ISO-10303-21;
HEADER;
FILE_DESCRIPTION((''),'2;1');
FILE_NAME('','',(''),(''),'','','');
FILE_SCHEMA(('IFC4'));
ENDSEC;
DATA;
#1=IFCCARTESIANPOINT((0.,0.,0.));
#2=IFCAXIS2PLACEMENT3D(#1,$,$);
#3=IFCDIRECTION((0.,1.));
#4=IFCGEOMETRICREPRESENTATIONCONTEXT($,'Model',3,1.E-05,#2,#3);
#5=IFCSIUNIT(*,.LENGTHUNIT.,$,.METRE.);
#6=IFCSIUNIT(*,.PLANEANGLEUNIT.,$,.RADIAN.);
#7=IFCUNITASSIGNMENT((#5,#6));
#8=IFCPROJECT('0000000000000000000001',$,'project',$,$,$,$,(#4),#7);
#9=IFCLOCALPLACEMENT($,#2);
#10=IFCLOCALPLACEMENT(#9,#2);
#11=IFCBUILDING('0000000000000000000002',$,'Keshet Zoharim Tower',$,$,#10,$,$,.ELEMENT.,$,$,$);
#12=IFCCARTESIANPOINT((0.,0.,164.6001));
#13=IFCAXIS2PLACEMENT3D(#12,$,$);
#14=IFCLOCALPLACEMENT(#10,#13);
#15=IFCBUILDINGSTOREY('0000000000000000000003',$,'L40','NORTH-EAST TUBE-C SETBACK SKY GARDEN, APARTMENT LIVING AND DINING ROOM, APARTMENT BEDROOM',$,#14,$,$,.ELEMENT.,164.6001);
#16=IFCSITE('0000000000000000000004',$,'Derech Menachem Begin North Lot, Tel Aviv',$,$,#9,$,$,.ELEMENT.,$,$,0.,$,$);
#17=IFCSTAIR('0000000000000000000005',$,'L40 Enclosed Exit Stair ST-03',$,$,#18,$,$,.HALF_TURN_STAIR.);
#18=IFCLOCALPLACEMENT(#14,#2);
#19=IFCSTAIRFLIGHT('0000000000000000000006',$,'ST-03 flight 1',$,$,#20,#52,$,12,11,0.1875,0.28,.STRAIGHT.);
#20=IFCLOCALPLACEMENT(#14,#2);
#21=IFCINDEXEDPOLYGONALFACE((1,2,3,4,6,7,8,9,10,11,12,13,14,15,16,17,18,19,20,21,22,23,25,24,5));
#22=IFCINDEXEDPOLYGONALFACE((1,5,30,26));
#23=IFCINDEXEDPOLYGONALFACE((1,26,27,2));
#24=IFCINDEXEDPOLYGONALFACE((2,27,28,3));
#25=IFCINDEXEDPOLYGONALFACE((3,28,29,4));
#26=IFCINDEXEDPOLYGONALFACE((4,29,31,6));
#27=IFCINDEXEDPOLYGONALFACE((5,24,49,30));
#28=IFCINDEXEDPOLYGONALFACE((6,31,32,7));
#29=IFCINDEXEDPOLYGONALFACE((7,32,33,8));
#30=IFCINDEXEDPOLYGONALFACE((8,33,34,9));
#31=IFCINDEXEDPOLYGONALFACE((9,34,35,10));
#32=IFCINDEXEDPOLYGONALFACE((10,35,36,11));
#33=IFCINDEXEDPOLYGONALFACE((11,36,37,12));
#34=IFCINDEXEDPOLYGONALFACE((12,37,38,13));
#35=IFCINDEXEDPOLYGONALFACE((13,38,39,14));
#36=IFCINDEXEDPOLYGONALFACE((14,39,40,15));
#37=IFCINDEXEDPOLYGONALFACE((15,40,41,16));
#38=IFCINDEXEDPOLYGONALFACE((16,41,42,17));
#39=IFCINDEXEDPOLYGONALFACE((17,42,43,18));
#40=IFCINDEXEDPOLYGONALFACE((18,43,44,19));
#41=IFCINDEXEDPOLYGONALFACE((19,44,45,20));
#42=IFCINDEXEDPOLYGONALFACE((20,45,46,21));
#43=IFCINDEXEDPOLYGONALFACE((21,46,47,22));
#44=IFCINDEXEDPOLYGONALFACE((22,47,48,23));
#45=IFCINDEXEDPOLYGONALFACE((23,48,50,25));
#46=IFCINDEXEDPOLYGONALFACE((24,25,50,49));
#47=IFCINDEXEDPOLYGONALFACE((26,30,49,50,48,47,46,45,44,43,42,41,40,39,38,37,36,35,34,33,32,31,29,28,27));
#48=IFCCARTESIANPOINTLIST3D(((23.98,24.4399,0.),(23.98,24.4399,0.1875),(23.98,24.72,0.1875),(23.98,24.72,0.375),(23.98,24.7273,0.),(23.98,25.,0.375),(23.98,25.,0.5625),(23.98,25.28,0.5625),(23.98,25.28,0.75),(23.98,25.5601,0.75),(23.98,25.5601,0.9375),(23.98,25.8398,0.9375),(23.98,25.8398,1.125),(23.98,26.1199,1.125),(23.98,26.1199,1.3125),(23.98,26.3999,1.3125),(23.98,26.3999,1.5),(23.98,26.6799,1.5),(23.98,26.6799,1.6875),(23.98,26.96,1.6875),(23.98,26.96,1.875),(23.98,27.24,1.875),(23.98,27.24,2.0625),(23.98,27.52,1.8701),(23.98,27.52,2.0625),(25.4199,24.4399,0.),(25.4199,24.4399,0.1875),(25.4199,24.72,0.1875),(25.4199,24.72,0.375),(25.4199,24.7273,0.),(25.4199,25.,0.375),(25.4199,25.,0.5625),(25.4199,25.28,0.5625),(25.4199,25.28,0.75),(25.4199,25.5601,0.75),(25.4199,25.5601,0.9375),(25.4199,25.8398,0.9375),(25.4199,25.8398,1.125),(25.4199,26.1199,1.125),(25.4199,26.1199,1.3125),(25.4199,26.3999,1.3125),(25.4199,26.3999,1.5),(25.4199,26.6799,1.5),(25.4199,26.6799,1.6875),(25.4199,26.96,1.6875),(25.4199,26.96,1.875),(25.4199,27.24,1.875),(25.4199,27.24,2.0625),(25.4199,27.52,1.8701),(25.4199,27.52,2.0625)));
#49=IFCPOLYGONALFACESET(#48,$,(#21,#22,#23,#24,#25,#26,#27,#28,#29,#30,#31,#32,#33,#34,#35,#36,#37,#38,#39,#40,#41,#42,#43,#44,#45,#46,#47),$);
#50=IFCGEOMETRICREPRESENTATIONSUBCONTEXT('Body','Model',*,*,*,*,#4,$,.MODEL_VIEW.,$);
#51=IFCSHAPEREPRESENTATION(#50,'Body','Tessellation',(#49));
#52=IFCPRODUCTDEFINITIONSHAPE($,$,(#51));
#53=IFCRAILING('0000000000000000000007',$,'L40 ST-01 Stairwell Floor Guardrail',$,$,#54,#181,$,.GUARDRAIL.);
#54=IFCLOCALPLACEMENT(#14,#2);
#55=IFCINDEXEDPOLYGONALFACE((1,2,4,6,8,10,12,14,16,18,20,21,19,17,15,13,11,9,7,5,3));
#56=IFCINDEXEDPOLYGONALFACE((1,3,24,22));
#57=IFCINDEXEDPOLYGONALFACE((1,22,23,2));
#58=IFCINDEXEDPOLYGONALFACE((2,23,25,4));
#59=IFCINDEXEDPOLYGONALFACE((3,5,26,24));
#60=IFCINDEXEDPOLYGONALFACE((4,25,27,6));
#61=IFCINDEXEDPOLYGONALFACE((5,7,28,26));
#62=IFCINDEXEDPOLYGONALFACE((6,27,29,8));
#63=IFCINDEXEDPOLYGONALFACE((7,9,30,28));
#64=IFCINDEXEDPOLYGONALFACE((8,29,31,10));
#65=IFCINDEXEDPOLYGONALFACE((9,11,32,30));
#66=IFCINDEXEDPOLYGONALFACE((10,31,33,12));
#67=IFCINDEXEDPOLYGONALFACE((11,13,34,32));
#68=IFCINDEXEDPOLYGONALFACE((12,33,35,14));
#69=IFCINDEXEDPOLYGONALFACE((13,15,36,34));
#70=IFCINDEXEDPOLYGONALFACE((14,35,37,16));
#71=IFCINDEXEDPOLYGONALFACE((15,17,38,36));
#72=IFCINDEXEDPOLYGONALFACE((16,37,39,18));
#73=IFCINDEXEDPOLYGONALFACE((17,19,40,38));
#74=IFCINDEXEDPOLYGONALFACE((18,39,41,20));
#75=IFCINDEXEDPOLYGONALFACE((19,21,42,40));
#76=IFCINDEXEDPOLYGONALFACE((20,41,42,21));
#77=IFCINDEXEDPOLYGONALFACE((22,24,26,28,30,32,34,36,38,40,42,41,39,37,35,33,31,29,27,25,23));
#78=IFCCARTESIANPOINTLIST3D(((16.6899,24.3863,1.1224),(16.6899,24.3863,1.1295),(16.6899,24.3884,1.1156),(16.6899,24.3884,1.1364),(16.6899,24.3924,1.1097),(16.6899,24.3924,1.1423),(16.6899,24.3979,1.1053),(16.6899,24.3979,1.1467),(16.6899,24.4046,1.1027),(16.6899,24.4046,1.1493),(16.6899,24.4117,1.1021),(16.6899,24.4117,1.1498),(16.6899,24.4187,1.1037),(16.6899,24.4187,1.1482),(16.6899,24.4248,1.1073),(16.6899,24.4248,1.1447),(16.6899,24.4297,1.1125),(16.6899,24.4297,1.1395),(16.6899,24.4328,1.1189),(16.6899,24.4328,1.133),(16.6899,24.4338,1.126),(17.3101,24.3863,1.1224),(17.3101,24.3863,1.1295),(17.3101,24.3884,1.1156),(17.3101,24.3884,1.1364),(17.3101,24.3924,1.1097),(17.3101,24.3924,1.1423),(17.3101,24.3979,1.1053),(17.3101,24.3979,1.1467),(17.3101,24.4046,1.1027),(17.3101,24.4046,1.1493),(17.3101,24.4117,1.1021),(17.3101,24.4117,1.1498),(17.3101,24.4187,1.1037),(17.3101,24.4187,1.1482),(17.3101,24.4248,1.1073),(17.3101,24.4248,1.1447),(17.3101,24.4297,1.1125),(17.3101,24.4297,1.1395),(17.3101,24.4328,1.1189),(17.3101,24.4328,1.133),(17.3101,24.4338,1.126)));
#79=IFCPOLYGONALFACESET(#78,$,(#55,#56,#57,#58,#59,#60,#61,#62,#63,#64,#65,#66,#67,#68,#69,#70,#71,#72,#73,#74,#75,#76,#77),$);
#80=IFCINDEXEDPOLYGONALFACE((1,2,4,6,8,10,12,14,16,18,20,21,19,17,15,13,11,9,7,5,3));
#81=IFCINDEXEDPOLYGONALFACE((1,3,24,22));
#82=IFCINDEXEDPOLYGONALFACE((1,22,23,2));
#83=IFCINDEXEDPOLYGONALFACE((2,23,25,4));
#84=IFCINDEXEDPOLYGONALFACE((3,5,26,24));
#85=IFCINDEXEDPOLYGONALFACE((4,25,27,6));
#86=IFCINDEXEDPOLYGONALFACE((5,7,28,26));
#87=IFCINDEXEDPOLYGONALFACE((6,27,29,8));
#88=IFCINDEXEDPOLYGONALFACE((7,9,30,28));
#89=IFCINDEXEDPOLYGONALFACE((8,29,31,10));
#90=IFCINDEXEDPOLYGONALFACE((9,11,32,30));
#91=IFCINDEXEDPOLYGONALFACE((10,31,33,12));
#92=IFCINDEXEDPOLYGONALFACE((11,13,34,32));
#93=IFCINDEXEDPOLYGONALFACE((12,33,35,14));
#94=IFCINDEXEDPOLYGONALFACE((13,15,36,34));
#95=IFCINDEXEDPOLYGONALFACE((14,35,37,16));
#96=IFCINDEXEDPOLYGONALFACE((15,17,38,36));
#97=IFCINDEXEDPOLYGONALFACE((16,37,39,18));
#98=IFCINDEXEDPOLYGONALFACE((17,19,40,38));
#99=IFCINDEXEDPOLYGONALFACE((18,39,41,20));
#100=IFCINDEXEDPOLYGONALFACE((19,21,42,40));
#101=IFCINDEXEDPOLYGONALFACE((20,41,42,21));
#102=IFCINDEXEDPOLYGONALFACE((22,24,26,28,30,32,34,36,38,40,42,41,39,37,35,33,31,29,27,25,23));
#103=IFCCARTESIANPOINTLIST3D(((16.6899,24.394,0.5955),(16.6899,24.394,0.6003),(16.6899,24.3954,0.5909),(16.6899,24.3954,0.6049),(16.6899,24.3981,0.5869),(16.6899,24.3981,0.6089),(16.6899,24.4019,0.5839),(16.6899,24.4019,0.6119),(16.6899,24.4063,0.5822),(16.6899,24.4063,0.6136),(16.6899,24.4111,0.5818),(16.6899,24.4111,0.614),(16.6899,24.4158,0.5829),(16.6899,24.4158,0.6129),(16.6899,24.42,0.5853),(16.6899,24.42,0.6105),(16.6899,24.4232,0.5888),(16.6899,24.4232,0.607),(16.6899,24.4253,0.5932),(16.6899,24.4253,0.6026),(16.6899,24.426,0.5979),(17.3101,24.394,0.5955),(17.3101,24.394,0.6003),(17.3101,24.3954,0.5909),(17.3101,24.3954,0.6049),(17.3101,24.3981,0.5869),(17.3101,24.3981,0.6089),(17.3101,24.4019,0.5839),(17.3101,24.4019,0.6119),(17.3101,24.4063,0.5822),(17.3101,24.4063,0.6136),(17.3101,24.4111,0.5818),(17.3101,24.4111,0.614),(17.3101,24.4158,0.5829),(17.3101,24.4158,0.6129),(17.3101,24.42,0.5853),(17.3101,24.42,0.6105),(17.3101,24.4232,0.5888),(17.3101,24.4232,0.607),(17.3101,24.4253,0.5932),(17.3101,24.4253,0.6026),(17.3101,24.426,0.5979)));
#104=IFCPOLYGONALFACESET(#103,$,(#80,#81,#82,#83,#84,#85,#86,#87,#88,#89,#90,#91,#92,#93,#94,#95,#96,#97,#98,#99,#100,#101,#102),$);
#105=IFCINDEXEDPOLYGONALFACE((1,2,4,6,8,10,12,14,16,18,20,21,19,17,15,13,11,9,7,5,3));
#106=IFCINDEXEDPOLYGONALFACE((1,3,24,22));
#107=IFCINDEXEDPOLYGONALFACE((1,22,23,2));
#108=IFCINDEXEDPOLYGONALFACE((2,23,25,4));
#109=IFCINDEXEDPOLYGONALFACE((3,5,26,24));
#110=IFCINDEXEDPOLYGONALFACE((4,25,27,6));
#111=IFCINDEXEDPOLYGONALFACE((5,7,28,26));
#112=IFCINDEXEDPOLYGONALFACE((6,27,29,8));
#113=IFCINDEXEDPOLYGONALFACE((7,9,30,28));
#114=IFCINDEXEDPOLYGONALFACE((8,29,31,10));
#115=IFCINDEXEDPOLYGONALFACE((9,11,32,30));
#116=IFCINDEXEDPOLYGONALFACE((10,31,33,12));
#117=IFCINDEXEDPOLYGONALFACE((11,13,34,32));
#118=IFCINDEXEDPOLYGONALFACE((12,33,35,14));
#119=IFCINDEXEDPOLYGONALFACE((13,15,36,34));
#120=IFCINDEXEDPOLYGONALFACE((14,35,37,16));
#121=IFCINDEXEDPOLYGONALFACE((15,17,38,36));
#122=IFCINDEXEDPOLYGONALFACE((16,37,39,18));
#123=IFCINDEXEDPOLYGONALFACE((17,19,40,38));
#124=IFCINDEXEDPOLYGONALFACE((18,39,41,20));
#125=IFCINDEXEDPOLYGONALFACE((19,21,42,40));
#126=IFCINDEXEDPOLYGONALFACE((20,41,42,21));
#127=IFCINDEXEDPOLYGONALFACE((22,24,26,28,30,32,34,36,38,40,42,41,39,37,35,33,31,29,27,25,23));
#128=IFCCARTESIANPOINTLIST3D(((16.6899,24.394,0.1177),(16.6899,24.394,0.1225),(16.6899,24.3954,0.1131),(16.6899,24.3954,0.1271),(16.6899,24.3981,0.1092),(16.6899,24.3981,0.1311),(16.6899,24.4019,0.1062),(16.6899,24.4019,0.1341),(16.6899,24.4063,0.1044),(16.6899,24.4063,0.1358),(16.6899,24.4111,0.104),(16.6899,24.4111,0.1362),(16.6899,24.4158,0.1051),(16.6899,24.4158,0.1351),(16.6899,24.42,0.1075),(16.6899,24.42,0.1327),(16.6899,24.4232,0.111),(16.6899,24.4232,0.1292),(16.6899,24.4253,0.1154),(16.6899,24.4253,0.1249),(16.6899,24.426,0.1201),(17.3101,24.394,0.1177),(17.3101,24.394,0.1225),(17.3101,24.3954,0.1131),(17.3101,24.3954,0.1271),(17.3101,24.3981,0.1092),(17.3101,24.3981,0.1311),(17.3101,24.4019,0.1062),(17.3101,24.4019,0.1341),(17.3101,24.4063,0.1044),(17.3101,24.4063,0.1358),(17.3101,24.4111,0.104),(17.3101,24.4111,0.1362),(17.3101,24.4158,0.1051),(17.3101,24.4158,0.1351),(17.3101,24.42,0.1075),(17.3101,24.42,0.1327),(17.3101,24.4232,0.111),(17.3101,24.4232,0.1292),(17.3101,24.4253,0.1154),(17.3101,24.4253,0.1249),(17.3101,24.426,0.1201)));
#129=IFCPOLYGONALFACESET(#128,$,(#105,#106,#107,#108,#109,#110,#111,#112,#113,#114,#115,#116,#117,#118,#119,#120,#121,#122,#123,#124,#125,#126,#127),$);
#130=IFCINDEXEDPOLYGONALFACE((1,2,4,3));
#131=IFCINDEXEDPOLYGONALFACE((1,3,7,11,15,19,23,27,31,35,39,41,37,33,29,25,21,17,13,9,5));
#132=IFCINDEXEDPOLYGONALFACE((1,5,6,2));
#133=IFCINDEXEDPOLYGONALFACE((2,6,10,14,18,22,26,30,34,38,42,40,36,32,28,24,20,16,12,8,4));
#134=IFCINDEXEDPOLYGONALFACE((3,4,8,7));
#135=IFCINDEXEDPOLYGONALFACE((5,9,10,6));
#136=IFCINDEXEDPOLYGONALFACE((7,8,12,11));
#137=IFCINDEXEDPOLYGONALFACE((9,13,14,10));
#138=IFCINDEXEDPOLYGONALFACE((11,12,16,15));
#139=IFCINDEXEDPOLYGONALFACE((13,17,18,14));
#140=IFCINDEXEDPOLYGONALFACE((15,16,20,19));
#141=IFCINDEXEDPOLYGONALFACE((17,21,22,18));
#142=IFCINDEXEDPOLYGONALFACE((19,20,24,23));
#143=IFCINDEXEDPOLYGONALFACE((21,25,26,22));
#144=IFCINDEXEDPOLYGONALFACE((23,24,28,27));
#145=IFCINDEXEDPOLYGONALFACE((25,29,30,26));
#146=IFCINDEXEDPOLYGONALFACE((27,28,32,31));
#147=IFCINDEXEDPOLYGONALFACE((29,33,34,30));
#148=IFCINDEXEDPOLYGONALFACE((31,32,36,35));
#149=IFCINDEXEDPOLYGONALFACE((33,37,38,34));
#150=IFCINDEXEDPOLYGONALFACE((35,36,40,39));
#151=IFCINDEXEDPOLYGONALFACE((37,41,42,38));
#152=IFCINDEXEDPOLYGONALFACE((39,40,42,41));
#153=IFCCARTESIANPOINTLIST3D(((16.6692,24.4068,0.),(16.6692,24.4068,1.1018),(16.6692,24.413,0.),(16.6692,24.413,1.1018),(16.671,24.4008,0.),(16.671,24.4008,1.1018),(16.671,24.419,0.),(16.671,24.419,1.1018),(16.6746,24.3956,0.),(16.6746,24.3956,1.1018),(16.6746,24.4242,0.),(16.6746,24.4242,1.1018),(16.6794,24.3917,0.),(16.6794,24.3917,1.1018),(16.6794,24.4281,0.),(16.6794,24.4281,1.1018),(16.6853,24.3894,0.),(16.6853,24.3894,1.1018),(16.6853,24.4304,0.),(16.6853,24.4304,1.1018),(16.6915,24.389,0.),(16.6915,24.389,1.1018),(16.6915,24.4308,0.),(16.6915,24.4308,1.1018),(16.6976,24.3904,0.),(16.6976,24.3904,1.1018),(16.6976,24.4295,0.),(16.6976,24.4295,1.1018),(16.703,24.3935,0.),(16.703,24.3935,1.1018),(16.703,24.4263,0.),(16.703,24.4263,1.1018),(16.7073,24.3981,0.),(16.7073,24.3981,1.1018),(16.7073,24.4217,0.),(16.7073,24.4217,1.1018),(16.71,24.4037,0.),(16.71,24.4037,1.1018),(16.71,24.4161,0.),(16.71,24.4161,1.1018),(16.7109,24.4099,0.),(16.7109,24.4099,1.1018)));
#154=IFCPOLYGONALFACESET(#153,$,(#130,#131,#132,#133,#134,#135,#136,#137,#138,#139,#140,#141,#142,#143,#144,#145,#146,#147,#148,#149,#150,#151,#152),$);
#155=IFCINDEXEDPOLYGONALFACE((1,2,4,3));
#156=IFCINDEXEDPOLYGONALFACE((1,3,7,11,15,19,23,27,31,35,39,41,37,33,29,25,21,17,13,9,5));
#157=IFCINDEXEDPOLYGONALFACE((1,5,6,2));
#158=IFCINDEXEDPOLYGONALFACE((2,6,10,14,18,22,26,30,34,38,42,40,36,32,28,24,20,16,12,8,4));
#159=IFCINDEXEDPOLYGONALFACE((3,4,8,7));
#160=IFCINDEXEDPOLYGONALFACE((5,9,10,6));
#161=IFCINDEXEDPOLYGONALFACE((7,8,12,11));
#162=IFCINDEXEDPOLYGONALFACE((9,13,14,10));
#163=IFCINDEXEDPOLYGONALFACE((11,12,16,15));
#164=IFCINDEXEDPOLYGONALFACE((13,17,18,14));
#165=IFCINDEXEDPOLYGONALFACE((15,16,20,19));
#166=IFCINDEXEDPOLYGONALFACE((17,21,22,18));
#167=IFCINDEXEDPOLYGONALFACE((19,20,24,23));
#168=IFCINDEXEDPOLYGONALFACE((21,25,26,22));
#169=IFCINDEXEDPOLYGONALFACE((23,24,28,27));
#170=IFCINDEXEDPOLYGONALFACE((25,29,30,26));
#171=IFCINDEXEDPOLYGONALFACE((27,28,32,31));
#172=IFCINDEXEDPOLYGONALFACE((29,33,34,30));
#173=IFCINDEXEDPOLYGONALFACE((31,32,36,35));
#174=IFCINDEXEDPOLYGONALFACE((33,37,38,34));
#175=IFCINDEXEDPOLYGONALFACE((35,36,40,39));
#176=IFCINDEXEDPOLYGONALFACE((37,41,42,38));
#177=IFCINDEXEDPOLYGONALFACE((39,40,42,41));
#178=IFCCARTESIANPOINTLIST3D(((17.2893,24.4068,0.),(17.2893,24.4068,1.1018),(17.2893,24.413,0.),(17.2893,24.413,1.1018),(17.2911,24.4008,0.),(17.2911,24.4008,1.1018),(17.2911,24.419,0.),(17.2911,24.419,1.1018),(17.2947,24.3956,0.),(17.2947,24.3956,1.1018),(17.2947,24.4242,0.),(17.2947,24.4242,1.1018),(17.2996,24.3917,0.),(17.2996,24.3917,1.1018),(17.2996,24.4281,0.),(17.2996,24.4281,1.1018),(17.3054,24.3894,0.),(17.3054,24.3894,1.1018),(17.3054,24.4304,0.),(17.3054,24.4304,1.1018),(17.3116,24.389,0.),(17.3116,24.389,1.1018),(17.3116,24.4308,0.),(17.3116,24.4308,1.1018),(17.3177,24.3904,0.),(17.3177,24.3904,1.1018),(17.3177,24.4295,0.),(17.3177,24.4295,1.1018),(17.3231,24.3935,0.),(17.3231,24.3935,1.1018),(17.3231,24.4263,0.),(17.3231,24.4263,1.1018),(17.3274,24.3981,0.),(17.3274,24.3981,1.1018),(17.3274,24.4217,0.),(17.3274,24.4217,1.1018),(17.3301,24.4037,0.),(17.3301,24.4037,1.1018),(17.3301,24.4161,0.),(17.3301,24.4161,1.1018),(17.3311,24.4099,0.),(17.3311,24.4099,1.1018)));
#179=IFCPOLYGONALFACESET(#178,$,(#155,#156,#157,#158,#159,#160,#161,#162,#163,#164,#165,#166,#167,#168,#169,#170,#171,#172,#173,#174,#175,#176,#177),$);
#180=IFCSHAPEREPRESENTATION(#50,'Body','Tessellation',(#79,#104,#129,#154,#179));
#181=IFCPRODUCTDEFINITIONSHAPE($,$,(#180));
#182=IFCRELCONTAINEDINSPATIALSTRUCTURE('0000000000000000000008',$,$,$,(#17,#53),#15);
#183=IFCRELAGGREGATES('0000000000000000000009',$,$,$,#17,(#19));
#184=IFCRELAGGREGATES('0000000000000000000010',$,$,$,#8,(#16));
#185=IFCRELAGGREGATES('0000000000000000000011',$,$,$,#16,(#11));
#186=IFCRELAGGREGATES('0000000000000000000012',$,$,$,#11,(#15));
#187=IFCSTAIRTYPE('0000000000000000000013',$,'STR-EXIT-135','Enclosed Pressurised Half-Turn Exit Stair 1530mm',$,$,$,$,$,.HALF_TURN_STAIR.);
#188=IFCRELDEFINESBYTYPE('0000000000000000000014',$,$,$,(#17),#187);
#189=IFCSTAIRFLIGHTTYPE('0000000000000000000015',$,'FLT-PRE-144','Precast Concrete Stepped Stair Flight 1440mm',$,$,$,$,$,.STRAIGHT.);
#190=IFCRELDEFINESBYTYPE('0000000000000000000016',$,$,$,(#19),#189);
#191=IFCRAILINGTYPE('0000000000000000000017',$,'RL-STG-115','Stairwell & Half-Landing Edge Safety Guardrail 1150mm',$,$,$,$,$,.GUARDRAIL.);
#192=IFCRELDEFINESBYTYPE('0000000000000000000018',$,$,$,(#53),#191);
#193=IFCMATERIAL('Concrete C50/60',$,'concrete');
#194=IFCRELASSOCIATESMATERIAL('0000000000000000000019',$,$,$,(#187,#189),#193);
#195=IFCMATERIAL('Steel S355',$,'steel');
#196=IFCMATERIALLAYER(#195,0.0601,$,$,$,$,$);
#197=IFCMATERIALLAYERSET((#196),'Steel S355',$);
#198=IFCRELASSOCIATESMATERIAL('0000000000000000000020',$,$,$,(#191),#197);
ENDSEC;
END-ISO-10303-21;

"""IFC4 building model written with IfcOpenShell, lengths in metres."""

from ifc_helpers import new_model, si_unit, direction, frame, origin, origin_2d, place, context, subcontext, project, spatial, polyline, circle, outline, extrude, material, layer, layer_set, type_object, element, aggregate, save


model = new_model("IFC4")

# Units and contexts
model_context = context("Model", 3, precision=1e-05, world=origin(), true_north=direction((0.0, 1.0)))
body_context = subcontext(model_context, "Body", "Model", "MODEL_VIEW")
ifc_project = project(units=[si_unit("LENGTHUNIT", "METRE"), si_unit("PLANEANGLEUNIT", "RADIAN")], contexts=[model_context])

# Site, building, storey
site_placement = place(None, origin())
site = spatial("IfcSite", under=ifc_project, at=site_placement, Name="Derech Menachem Begin North Lot, Tel Aviv", CompositionType="ELEMENT", RefElevation=0.0)
building_placement = place(site_placement, origin())
building = spatial("IfcBuilding", under=site, at=building_placement, Name="Keshet Zoharim Tower", CompositionType="ELEMENT")
storey_placement = place(building_placement, frame((0.0, 0.0, 164.6001)))
storey = spatial("IfcBuildingStorey", under=building, at=storey_placement, Name="L40", Description="NORTH-EAST TUBE-C SETBACK SKY GARDEN, APARTMENT LIVING AND DINING ROOM, APARTMENT BEDROOM", CompositionType="ELEMENT", Elevation=164.6001)

# Shared definitions
ifc_material_1 = material(Name="Steel S355", Category="steel")

# Shared definitions
ifc_material_2 = material(Name="Concrete C50/60", Category="concrete")

# Stair, stair flight
stair_type = type_object("IfcStairType", Name="STR-EXIT-135", Description="Enclosed Pressurised Half-Turn Exit Stair 1530mm", PredefinedType="HALF_TURN_STAIR", material=ifc_material_2)
stair_placement = place(storey_placement, origin())
stair = element("IfcStair", 1, at=stair_placement, inside=storey, type_object=stair_type, Name="L40 Enclosed Exit Stair ST-03", PredefinedType="HALF_TURN_STAIR")
stair_flight_type = type_object("IfcStairFlightType", Name="FLT-PRE-144", Description="Precast Concrete Stepped Stair Flight 1440mm", PredefinedType="STRAIGHT", material=ifc_material_2)
stair_flight_placement = place(storey_placement, frame((24.7, 24.4399, 0.0), z_axis=(0.0, 0.0, 1.0), x_axis=(0.0, 1.0, 0.0)))
stair_flight = element("IfcStairFlight", 2, at=stair_flight_placement, type_object=stair_flight_type, Name="ST-03 flight 1", NumberOfRisers=12, NumberOfTreads=11, PredefinedType="STRAIGHT", RiserHeight=0.1875, TreadLength=0.28, context=body_context, shape_type="SweptSolid", body=[
    extrude(outline(polyline([(0.0, 0.0), (0.0, 0.1875), (0.28, 0.1875), (0.28, 0.375), (0.5601, 0.375), (0.5601, 0.5625), (0.8401, 0.5625), (0.8401, 0.75), (1.1201, 0.75), (1.1201, 0.9375), (1.3999, 0.9375), (1.3999, 1.125), (1.6799, 1.125), (1.6799, 1.3125), (1.96, 1.3125), (1.96, 1.5), (2.24, 1.5), (2.24, 1.6875), (2.52, 1.6875), (2.52, 1.875), (2.8, 1.875), (2.8, 2.0625), (3.0801, 2.0625), (3.0801, 2.25), (3.0801, 1.8701), (0.2874, 0.0), (0.0, 0.0)])), frame((0.0, 0.72, 0.0), z_axis=(0.0, -1.0, 0.0), x_axis=(1.0, 0.0, 0.0)), (0.0, 0.0, 1.0), 1.4399),
])
aggregate(stair, [stair_flight])

# Railing
ifc_layer_1 = layer(ifc_material_1, 0.0601)
ifc_layer_set_1 = layer_set([ifc_layer_1], Name="Steel S355")
railing_type_1 = type_object("IfcRailingType", Name="RL-STG-115", Description="Stairwell & Half-Landing Edge Safety Guardrail 1150mm", PredefinedType="GUARDRAIL", material=ifc_layer_set_1)
railing_1_placement = place(storey_placement, frame((16.6899, 24.4099, 0.0)))
element("IfcRailing", 3, at=railing_1_placement, inside=storey, type_object=railing_type_1, Name="L40 ST-01 Stairwell Floor Guardrail", PredefinedType="GUARDRAIL", context=body_context, shape_type="SweptSolid", body=[
    extrude(circle(Radius=0.0239, at=origin_2d()), frame((0.0, 0.0, 1.126), z_axis=(1.0, 0.0, 0.0), x_axis=(0.0, 1.0, 0.0)), (0.0, 0.0, 1.0), 0.6201),
    extrude(circle(Radius=0.0161, at=origin_2d()), frame((0.0, 0.0, 0.5979), z_axis=(1.0, 0.0, 0.0), x_axis=(0.0, 1.0, 0.0)), (0.0, 0.0, 1.0), 0.6201),
    extrude(circle(Radius=0.0161, at=origin_2d()), frame((0.0, 0.0, 0.1201), z_axis=(1.0, 0.0, 0.0), x_axis=(0.0, 1.0, 0.0)), (0.0, 0.0, 1.0), 0.6201),
    extrude(circle(Radius=0.021, at=origin_2d()), origin(), (0.0, 0.0, 1.0), 1.1018),
    extrude(circle(Radius=0.021, at=origin_2d()), frame((0.6201, 0.0, 0.0)), (0.0, 0.0, 1.0), 1.1018),
])

save(model, "model.ifc")
